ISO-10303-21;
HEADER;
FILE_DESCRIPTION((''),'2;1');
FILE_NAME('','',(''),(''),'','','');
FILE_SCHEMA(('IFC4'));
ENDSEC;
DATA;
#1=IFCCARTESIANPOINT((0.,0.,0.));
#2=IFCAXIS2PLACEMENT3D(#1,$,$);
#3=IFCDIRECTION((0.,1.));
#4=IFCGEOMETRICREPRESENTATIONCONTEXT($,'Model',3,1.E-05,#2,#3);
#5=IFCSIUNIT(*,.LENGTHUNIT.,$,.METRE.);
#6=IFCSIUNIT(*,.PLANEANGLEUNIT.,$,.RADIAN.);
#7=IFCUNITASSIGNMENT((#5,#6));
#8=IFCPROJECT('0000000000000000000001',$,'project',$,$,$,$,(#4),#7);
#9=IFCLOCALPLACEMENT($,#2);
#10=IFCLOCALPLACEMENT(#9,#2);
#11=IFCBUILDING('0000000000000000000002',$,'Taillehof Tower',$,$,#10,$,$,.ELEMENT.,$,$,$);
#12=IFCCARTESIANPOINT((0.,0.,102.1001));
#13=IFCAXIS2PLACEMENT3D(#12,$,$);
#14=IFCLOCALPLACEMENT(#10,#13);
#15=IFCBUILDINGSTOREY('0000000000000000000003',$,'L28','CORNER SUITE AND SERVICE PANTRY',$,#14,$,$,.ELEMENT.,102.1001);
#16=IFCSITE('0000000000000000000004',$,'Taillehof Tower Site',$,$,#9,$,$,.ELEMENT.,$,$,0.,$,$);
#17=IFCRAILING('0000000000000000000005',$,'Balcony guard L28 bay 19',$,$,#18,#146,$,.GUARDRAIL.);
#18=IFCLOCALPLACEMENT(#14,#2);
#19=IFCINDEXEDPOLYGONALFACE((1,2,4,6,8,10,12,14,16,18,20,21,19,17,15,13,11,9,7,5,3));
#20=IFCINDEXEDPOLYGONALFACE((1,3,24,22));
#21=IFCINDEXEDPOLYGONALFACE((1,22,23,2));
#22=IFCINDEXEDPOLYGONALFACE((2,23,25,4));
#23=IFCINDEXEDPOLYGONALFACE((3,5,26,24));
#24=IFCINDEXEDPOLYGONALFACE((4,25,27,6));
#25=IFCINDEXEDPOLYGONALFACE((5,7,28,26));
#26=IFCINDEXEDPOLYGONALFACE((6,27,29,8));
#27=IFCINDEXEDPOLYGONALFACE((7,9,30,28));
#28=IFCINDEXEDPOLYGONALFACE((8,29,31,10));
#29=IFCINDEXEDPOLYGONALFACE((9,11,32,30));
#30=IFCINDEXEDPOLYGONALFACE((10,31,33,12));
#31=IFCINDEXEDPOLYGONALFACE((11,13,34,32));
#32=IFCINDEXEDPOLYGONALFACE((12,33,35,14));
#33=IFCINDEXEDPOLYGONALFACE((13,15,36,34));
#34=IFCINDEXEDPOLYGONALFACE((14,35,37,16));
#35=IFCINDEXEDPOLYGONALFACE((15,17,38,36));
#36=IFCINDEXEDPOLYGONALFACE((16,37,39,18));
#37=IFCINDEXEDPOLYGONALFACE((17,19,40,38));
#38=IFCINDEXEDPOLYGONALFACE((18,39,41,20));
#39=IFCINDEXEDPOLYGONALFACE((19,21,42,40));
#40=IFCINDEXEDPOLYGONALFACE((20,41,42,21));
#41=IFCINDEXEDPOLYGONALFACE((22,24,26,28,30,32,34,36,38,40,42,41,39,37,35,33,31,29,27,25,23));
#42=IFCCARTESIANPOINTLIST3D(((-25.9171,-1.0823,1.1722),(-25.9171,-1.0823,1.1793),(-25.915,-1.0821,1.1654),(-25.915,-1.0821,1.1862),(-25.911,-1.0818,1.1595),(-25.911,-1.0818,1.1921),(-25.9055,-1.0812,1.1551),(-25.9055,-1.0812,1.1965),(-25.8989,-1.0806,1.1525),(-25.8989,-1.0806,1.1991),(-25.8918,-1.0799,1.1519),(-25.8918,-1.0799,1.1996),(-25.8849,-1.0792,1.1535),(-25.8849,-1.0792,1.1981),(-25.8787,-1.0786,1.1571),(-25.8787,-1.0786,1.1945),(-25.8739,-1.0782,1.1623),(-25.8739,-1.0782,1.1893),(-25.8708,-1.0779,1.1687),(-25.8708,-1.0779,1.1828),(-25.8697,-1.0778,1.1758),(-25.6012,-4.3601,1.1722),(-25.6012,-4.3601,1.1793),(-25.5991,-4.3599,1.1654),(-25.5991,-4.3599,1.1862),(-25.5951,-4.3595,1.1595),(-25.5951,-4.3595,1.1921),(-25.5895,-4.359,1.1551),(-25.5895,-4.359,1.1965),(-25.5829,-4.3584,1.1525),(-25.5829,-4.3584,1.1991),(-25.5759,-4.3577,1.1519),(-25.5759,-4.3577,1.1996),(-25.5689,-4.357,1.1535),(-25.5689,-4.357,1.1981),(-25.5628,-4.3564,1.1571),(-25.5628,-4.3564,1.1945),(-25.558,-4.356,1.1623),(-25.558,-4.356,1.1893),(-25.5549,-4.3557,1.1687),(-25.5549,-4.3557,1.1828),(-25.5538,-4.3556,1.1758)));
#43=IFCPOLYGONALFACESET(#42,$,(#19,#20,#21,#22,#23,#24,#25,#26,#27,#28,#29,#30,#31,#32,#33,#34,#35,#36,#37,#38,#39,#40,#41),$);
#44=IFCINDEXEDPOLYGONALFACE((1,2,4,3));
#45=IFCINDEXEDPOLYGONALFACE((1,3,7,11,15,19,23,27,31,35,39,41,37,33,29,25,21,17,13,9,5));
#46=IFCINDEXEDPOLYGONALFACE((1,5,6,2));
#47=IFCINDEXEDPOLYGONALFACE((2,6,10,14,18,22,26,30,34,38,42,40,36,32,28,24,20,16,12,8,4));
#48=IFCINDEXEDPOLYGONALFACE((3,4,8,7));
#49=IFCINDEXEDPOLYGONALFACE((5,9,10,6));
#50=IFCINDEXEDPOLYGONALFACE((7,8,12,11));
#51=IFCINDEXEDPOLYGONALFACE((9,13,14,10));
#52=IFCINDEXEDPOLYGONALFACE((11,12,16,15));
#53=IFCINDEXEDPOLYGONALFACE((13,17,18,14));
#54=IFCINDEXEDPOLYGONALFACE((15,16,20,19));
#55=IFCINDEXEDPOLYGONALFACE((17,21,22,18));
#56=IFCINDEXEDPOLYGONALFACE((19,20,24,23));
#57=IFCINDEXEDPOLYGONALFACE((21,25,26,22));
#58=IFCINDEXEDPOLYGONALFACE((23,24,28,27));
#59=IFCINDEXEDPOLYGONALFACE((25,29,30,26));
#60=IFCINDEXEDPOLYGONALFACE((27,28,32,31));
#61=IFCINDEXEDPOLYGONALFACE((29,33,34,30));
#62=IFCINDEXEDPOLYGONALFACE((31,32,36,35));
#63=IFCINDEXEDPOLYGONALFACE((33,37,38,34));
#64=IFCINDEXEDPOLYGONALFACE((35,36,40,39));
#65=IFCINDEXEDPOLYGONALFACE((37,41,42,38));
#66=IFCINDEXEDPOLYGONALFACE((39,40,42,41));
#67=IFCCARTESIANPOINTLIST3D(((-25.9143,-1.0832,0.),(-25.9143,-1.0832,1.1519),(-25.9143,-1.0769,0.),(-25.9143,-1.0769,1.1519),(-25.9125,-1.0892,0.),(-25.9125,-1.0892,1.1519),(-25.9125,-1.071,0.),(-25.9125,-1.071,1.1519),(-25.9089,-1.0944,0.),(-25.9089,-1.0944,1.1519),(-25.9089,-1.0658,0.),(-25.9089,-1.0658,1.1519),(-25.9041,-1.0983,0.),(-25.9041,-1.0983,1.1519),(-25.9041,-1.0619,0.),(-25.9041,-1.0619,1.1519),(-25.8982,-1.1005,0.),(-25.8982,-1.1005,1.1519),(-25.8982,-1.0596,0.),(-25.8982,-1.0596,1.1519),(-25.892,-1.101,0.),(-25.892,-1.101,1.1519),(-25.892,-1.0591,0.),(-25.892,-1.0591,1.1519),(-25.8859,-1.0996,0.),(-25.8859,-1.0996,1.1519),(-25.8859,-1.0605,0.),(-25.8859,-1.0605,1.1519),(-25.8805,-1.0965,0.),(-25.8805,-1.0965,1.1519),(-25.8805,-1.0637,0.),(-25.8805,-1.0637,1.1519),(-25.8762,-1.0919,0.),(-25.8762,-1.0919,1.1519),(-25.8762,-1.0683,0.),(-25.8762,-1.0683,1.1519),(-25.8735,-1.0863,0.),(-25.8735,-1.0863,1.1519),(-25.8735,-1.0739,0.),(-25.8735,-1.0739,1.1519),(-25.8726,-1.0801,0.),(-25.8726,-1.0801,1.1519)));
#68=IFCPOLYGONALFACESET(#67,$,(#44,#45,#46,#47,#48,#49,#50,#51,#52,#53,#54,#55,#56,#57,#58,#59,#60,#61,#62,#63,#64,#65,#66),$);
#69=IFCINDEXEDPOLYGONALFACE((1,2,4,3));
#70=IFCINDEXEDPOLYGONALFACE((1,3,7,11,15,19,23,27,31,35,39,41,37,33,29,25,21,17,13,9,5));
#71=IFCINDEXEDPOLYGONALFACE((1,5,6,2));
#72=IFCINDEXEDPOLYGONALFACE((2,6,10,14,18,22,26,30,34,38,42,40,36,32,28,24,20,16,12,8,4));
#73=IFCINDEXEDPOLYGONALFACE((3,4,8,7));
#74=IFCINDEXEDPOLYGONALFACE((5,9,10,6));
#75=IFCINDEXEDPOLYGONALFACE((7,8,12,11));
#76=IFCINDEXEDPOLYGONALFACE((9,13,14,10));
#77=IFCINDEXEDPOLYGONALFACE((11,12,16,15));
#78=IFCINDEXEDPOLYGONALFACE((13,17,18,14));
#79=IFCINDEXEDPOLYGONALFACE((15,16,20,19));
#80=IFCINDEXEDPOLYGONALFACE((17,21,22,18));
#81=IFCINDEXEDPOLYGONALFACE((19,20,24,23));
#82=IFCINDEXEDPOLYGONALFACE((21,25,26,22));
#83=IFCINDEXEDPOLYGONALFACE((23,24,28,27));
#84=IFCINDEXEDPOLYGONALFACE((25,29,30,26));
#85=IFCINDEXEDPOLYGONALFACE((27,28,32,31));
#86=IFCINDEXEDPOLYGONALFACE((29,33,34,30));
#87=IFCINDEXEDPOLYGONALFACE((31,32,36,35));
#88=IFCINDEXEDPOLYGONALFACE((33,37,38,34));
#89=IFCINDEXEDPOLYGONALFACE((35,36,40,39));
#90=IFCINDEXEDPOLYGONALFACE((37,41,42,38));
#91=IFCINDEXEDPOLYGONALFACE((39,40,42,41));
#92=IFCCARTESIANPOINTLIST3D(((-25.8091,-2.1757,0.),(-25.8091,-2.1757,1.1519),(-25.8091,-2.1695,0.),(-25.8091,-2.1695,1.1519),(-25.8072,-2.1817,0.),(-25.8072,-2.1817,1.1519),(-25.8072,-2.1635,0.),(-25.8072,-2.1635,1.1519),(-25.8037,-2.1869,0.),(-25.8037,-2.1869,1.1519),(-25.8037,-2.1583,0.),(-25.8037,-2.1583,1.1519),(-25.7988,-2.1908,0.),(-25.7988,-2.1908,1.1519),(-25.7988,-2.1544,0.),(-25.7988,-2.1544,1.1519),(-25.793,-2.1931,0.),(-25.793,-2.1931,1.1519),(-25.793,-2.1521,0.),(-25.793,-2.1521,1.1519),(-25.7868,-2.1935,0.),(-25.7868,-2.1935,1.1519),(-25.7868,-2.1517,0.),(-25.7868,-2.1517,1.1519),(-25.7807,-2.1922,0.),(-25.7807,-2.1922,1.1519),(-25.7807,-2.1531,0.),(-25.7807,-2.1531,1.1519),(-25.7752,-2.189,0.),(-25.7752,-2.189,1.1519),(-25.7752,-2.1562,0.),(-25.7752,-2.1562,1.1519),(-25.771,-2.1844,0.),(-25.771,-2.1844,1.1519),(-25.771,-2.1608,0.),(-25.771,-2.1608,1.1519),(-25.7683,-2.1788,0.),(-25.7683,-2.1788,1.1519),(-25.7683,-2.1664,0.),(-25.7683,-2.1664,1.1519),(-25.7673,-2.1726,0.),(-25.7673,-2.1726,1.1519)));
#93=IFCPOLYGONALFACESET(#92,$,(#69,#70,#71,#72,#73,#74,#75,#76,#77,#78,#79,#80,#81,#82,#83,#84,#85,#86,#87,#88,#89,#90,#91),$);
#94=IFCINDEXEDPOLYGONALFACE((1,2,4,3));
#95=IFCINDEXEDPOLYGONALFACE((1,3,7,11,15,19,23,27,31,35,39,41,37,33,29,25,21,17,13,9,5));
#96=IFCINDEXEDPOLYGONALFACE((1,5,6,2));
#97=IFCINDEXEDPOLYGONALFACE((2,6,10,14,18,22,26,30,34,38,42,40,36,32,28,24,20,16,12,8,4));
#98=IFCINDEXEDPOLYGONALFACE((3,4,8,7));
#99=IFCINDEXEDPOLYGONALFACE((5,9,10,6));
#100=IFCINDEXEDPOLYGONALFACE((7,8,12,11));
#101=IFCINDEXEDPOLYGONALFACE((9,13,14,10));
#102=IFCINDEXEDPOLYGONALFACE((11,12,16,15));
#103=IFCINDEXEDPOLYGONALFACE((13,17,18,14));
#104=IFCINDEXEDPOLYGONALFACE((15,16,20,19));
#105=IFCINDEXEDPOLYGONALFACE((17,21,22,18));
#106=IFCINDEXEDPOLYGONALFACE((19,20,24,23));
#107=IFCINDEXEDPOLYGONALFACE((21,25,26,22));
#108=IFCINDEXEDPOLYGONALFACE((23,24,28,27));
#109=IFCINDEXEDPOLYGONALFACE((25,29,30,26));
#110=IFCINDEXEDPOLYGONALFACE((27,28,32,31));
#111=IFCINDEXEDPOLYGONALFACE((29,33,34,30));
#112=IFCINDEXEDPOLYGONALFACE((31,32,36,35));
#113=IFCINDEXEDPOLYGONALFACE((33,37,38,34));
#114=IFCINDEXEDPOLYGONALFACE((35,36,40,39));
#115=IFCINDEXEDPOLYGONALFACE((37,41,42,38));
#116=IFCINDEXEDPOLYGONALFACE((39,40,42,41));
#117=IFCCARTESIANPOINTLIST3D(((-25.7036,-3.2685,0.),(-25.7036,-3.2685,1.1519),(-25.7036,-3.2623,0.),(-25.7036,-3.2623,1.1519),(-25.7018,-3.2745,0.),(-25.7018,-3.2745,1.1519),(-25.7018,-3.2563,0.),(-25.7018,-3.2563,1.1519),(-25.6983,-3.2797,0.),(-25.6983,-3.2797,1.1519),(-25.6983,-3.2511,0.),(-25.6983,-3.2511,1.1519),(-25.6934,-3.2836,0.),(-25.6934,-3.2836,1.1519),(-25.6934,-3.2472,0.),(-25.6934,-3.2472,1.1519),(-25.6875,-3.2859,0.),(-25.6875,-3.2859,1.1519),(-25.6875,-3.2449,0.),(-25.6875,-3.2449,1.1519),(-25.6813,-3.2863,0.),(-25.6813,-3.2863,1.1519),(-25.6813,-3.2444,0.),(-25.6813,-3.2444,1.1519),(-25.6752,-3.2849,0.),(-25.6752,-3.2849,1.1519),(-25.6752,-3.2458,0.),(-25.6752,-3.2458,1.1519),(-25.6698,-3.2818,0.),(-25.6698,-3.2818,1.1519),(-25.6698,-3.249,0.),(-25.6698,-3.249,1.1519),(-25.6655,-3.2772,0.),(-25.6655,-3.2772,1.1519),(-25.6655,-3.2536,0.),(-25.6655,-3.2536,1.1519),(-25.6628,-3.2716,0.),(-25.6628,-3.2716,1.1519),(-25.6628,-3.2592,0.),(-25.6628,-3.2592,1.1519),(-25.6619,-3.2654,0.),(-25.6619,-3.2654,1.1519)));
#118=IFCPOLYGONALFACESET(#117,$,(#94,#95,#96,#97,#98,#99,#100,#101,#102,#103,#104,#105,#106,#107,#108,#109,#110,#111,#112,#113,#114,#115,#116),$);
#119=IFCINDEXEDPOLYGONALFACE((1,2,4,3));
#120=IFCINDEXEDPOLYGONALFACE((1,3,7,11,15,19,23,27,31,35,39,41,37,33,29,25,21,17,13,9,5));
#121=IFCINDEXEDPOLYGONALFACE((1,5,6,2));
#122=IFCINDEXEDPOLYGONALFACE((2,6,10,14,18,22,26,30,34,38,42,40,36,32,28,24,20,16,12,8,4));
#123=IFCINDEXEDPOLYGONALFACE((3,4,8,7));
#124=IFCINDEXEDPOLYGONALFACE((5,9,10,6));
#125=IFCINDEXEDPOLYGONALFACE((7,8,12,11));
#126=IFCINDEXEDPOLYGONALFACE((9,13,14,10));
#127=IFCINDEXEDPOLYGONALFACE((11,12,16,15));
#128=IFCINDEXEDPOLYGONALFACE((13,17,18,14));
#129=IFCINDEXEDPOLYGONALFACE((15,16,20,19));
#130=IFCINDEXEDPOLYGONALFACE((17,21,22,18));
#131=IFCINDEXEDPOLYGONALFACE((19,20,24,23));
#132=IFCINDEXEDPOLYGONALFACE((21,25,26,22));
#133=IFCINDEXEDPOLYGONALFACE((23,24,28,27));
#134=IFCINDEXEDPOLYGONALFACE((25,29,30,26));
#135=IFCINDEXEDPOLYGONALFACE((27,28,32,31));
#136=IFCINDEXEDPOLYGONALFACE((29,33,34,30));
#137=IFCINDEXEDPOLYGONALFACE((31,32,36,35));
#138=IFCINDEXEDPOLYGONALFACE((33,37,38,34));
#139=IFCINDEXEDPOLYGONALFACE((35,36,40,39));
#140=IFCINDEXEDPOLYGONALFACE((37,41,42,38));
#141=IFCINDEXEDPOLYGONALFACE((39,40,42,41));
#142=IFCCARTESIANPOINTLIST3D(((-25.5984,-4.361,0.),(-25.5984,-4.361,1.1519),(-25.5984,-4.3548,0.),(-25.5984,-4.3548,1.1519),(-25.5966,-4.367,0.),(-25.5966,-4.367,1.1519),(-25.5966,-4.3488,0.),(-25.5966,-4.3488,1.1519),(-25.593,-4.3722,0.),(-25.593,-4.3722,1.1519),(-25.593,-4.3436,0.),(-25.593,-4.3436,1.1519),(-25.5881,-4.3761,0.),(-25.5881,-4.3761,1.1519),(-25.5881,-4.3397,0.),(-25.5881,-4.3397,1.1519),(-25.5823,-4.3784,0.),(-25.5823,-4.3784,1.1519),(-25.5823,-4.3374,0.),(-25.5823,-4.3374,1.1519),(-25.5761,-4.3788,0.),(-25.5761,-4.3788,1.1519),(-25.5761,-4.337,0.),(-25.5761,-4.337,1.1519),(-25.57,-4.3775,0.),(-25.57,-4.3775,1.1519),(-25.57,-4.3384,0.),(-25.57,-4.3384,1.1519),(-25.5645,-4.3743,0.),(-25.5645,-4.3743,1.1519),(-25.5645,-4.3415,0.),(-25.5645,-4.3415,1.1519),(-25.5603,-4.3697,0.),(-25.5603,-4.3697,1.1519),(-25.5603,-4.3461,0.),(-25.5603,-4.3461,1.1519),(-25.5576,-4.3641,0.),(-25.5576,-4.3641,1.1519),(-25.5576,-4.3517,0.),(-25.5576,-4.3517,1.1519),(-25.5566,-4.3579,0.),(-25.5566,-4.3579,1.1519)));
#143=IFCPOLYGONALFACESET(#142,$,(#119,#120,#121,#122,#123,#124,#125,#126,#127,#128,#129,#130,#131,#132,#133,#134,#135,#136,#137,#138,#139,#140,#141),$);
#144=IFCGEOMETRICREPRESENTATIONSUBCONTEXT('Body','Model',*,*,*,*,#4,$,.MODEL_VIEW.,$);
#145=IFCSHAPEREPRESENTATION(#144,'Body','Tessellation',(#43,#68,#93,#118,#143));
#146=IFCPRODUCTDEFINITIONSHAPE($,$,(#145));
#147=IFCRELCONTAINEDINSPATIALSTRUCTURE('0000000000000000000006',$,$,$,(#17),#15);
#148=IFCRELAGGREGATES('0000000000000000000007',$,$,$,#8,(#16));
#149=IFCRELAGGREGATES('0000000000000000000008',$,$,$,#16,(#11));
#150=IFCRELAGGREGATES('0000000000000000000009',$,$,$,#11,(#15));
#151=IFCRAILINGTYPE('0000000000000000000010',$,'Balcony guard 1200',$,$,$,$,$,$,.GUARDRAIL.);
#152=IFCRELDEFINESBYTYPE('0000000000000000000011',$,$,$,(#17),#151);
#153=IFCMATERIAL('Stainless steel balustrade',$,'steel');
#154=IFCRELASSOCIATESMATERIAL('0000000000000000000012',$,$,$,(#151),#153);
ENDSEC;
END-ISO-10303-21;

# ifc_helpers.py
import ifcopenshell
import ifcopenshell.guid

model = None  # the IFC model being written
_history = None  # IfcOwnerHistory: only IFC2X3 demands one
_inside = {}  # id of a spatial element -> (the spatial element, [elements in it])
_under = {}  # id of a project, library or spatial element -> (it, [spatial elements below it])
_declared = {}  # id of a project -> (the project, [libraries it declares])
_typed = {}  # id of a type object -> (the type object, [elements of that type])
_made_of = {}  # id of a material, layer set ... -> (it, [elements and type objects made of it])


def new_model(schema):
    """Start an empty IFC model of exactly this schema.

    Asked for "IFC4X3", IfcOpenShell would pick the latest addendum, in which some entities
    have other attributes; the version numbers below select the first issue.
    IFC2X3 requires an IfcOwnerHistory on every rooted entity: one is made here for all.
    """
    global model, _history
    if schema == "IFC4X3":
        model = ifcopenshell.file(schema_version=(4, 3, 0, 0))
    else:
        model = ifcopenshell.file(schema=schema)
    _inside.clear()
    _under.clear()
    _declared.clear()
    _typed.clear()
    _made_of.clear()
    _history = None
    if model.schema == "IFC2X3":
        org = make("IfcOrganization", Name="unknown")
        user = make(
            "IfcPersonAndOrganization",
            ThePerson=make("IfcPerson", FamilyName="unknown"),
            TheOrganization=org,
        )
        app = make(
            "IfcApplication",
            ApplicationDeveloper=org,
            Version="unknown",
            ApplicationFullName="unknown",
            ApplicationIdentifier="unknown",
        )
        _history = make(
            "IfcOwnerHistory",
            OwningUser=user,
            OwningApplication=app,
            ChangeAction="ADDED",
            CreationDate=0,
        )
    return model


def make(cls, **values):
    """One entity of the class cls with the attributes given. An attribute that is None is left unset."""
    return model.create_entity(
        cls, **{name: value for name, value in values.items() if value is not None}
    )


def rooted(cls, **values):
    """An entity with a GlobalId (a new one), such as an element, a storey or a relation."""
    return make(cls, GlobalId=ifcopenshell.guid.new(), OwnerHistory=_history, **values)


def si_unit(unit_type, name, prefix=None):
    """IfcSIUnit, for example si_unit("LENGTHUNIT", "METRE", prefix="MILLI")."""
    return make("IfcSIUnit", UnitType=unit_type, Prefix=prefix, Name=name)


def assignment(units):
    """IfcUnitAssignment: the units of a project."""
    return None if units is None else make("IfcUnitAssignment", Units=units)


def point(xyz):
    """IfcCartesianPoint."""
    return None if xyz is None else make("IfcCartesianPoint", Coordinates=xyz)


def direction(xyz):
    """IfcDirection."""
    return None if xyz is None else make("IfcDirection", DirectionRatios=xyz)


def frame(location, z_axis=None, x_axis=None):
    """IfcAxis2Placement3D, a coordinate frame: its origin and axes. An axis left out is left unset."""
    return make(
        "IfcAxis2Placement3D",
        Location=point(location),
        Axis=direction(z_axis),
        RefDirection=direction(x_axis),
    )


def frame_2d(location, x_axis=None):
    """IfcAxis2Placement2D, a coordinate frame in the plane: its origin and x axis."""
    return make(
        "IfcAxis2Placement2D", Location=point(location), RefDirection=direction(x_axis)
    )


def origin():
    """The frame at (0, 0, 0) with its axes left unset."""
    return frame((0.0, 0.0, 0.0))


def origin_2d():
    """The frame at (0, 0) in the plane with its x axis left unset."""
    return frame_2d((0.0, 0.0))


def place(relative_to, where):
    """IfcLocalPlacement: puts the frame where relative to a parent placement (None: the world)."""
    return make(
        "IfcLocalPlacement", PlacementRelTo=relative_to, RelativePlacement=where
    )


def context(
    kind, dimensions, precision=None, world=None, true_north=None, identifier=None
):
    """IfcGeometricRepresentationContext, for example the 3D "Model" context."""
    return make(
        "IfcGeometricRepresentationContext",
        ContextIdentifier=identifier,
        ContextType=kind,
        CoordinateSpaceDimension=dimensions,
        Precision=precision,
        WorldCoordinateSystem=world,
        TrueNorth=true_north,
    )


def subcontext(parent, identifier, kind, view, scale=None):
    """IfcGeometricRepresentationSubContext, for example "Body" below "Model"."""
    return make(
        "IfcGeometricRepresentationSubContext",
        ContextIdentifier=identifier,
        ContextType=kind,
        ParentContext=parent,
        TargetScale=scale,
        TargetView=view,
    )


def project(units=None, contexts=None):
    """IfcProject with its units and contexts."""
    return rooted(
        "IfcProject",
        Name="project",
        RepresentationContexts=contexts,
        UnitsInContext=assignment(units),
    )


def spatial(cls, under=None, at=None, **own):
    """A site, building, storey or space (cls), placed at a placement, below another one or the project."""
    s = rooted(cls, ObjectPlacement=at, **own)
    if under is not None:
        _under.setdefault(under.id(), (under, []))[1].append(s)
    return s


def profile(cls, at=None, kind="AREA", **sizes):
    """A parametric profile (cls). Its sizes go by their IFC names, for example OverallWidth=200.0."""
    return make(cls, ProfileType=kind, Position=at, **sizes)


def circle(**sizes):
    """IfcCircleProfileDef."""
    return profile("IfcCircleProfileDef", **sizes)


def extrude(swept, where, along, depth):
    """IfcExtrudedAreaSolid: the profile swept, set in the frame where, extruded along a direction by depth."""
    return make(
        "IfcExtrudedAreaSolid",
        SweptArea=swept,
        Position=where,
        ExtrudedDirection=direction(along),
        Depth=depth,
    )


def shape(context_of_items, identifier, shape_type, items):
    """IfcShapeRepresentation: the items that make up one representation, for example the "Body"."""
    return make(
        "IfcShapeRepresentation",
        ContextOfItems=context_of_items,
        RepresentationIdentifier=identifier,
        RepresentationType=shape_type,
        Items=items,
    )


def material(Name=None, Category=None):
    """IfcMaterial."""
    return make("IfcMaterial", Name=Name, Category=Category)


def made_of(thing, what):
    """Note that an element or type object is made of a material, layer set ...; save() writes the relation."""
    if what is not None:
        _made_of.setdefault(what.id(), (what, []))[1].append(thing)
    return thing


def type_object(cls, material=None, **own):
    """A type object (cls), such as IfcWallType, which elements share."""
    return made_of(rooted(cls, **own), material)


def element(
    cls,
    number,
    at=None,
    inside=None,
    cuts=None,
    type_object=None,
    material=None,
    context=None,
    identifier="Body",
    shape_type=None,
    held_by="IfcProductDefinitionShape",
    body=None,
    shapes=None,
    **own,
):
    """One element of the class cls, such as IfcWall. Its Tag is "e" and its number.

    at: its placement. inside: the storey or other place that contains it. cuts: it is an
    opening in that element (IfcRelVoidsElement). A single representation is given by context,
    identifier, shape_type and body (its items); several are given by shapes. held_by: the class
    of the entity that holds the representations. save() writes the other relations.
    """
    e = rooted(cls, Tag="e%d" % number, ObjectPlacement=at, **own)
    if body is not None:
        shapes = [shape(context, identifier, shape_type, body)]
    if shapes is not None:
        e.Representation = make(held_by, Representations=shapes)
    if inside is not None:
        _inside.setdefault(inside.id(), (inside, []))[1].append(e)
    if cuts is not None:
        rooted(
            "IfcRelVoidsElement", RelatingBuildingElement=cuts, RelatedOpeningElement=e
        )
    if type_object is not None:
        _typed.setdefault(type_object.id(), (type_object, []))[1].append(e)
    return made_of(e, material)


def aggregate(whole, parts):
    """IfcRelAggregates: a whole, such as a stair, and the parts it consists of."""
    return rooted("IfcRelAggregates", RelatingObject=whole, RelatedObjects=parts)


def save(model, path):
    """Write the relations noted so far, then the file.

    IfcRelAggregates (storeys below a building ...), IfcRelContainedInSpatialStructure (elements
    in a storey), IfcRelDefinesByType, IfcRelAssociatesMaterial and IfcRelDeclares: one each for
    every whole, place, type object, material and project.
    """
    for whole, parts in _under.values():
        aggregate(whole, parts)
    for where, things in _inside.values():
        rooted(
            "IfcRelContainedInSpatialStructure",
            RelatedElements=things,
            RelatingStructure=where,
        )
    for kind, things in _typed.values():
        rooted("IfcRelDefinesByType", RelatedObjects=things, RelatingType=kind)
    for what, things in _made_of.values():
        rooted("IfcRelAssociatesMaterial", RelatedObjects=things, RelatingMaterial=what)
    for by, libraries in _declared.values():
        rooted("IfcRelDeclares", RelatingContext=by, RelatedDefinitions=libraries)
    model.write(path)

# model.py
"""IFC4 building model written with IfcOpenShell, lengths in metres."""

from ifc_helpers import new_model, si_unit, direction, frame, origin, origin_2d, place, context, subcontext, project, spatial, circle, extrude, material, type_object, element, save


model = new_model("IFC4")

# Units and contexts
model_context = context("Model", 3, precision=1e-05, world=origin(), true_north=direction((0.0, 1.0)))
body_context = subcontext(model_context, "Body", "Model", "MODEL_VIEW")
ifc_project = project(units=[si_unit("LENGTHUNIT", "METRE"), si_unit("PLANEANGLEUNIT", "RADIAN")], contexts=[model_context])

# Site, building, storey
site_placement = place(None, origin())
site = spatial("IfcSite", under=ifc_project, at=site_placement, Name="Taillehof Tower Site", CompositionType="ELEMENT", RefElevation=0.0)
building_placement = place(site_placement, origin())
building = spatial("IfcBuilding", under=site, at=building_placement, Name="Taillehof Tower", CompositionType="ELEMENT")
storey_placement = place(building_placement, frame((0.0, 0.0, 102.1001)))
storey = spatial("IfcBuildingStorey", under=building, at=storey_placement, Name="L28", Description="CORNER SUITE AND SERVICE PANTRY", CompositionType="ELEMENT", Elevation=102.1001)

# Railing
ifc_material_1 = material(Name="Stainless steel balustrade", Category="steel")
railing_type = type_object("IfcRailingType", Name="Balcony guard 1200", PredefinedType="GUARDRAIL", material=ifc_material_1)
railing_1_placement = place(storey_placement, frame((-25.8936, -1.0801, 0.0)))
element("IfcRailing", 1, at=railing_1_placement, inside=storey, type_object=railing_type, Name="Balcony guard L28 bay 19", PredefinedType="GUARDRAIL", context=body_context, shape_type="SweptSolid", body=[
    extrude(circle(Radius=0.0239, at=origin_2d()), frame((0.0, 0.0, 1.1758), z_axis=(0.095936, -0.995388, 0.0), x_axis=(0.995388, 0.095936, 0.0)), (0.0, 0.0, 1.0), 3.293),
    extrude(circle(Radius=0.021, at=origin_2d()), origin(), (0.0, 0.0, 1.0), 1.1519),
    extrude(circle(Radius=0.021, at=origin_2d()), frame((0.1052, -1.0925, 0.0)), (0.0, 0.0, 1.0), 1.1519),
    extrude(circle(Radius=0.021, at=origin_2d()), frame((0.2107, -2.1853, 0.0)), (0.0, 0.0, 1.0), 1.1519),
    extrude(circle(Radius=0.021, at=origin_2d()), frame((0.3159, -3.2778, 0.0)), (0.0, 0.0, 1.0), 1.1519),
])

save(model, "model.ifc")
